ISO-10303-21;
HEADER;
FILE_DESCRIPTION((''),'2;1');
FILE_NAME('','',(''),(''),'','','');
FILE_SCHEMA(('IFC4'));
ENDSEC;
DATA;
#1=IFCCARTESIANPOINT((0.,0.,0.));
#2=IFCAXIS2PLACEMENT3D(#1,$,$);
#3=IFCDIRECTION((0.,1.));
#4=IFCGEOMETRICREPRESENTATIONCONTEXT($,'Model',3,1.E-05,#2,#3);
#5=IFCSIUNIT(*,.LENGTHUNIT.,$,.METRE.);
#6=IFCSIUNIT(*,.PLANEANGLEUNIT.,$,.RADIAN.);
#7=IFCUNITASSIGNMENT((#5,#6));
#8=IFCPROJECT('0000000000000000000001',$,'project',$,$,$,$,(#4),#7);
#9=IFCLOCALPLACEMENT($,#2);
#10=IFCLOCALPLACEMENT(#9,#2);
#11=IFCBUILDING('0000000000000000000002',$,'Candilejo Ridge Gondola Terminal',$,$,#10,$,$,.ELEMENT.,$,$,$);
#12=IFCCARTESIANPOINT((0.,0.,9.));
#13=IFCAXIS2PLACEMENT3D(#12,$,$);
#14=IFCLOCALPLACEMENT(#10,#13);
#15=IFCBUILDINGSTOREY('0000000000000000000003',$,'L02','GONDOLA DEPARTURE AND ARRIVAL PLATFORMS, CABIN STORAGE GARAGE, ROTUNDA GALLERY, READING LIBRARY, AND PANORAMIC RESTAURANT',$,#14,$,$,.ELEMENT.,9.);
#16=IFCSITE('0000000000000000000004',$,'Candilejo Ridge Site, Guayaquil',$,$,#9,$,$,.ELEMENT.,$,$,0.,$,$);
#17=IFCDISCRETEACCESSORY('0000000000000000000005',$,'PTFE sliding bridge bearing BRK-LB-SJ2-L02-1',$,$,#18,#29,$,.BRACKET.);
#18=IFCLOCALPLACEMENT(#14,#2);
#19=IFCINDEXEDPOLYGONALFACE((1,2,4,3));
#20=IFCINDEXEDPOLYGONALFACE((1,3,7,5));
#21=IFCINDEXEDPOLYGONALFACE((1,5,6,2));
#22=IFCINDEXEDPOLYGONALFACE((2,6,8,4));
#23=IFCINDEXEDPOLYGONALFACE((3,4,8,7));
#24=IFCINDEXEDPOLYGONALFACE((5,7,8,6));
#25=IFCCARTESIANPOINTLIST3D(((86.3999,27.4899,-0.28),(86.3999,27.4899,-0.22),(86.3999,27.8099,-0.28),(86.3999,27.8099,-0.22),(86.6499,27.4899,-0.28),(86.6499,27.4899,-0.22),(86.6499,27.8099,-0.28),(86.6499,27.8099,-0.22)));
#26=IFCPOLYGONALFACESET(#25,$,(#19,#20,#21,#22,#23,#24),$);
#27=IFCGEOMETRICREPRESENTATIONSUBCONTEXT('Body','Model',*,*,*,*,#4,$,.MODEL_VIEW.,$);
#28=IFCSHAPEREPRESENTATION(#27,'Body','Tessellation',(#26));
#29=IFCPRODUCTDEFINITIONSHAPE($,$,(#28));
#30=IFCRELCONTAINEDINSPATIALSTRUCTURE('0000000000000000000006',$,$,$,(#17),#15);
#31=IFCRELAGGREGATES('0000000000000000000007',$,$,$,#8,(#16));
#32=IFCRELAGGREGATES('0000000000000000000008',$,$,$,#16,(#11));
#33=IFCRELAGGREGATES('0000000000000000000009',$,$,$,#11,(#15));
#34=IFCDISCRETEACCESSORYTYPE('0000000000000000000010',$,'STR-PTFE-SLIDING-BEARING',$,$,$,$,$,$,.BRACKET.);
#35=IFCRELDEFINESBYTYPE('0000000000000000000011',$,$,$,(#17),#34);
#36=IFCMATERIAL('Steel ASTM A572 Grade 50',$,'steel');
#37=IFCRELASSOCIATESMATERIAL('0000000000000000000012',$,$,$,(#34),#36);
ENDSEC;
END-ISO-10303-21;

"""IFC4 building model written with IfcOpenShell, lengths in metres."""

from ifc_helpers import new_model, si_unit, direction, frame, origin, origin_2d, place, context, subcontext, project, spatial, rectangle, extrude, material, type_object, element, save


model = new_model("IFC4")

# Units and contexts
model_context = context("Model", 3, precision=1e-05, world=origin(), true_north=direction((0.0, 1.0)))
body_context = subcontext(model_context, "Body", "Model", "MODEL_VIEW")
ifc_project = project(units=[si_unit("LENGTHUNIT", "METRE"), si_unit("PLANEANGLEUNIT", "RADIAN")], contexts=[model_context])

# Site, building, storey
site_placement = place(None, origin())
site = spatial("IfcSite", under=ifc_project, at=site_placement, Name="Candilejo Ridge Site, Guayaquil", CompositionType="ELEMENT", RefElevation=0.0)
building_placement = place(site_placement, origin())
building = spatial("IfcBuilding", under=site, at=building_placement, Name="Candilejo Ridge Gondola Terminal", CompositionType="ELEMENT")
storey_placement = place(building_placement, frame((0.0, 0.0, 9.0)))
storey = spatial("IfcBuildingStorey", under=building, at=storey_placement, Name="L02", Description="GONDOLA DEPARTURE AND ARRIVAL PLATFORMS, CABIN STORAGE GARAGE, ROTUNDA GALLERY, READING LIBRARY, AND PANORAMIC RESTAURANT", CompositionType="ELEMENT", Elevation=9.0)

# Discrete accessory
ifc_material_1 = material(Name="Steel ASTM A572 Grade 50", Category="steel")
discrete_accessory_type = type_object("IfcDiscreteAccessoryType", Name="STR-PTFE-SLIDING-BEARING", PredefinedType="BRACKET", material=ifc_material_1)
discrete_accessory_placement = place(storey_placement, frame((86.5249, 27.6499, -0.28)))
element("IfcDiscreteAccessory", 1, at=discrete_accessory_placement, inside=storey, type_object=discrete_accessory_type, Name="PTFE sliding bridge bearing BRK-LB-SJ2-L02-1", PredefinedType="BRACKET", context=body_context, shape_type="SweptSolid", body=[
    extrude(rectangle(XDim=0.25, YDim=0.3201, at=origin_2d()), origin(), (0.0, 0.0, 1.0), 0.0601),
])

save(model, "model.ifc")
